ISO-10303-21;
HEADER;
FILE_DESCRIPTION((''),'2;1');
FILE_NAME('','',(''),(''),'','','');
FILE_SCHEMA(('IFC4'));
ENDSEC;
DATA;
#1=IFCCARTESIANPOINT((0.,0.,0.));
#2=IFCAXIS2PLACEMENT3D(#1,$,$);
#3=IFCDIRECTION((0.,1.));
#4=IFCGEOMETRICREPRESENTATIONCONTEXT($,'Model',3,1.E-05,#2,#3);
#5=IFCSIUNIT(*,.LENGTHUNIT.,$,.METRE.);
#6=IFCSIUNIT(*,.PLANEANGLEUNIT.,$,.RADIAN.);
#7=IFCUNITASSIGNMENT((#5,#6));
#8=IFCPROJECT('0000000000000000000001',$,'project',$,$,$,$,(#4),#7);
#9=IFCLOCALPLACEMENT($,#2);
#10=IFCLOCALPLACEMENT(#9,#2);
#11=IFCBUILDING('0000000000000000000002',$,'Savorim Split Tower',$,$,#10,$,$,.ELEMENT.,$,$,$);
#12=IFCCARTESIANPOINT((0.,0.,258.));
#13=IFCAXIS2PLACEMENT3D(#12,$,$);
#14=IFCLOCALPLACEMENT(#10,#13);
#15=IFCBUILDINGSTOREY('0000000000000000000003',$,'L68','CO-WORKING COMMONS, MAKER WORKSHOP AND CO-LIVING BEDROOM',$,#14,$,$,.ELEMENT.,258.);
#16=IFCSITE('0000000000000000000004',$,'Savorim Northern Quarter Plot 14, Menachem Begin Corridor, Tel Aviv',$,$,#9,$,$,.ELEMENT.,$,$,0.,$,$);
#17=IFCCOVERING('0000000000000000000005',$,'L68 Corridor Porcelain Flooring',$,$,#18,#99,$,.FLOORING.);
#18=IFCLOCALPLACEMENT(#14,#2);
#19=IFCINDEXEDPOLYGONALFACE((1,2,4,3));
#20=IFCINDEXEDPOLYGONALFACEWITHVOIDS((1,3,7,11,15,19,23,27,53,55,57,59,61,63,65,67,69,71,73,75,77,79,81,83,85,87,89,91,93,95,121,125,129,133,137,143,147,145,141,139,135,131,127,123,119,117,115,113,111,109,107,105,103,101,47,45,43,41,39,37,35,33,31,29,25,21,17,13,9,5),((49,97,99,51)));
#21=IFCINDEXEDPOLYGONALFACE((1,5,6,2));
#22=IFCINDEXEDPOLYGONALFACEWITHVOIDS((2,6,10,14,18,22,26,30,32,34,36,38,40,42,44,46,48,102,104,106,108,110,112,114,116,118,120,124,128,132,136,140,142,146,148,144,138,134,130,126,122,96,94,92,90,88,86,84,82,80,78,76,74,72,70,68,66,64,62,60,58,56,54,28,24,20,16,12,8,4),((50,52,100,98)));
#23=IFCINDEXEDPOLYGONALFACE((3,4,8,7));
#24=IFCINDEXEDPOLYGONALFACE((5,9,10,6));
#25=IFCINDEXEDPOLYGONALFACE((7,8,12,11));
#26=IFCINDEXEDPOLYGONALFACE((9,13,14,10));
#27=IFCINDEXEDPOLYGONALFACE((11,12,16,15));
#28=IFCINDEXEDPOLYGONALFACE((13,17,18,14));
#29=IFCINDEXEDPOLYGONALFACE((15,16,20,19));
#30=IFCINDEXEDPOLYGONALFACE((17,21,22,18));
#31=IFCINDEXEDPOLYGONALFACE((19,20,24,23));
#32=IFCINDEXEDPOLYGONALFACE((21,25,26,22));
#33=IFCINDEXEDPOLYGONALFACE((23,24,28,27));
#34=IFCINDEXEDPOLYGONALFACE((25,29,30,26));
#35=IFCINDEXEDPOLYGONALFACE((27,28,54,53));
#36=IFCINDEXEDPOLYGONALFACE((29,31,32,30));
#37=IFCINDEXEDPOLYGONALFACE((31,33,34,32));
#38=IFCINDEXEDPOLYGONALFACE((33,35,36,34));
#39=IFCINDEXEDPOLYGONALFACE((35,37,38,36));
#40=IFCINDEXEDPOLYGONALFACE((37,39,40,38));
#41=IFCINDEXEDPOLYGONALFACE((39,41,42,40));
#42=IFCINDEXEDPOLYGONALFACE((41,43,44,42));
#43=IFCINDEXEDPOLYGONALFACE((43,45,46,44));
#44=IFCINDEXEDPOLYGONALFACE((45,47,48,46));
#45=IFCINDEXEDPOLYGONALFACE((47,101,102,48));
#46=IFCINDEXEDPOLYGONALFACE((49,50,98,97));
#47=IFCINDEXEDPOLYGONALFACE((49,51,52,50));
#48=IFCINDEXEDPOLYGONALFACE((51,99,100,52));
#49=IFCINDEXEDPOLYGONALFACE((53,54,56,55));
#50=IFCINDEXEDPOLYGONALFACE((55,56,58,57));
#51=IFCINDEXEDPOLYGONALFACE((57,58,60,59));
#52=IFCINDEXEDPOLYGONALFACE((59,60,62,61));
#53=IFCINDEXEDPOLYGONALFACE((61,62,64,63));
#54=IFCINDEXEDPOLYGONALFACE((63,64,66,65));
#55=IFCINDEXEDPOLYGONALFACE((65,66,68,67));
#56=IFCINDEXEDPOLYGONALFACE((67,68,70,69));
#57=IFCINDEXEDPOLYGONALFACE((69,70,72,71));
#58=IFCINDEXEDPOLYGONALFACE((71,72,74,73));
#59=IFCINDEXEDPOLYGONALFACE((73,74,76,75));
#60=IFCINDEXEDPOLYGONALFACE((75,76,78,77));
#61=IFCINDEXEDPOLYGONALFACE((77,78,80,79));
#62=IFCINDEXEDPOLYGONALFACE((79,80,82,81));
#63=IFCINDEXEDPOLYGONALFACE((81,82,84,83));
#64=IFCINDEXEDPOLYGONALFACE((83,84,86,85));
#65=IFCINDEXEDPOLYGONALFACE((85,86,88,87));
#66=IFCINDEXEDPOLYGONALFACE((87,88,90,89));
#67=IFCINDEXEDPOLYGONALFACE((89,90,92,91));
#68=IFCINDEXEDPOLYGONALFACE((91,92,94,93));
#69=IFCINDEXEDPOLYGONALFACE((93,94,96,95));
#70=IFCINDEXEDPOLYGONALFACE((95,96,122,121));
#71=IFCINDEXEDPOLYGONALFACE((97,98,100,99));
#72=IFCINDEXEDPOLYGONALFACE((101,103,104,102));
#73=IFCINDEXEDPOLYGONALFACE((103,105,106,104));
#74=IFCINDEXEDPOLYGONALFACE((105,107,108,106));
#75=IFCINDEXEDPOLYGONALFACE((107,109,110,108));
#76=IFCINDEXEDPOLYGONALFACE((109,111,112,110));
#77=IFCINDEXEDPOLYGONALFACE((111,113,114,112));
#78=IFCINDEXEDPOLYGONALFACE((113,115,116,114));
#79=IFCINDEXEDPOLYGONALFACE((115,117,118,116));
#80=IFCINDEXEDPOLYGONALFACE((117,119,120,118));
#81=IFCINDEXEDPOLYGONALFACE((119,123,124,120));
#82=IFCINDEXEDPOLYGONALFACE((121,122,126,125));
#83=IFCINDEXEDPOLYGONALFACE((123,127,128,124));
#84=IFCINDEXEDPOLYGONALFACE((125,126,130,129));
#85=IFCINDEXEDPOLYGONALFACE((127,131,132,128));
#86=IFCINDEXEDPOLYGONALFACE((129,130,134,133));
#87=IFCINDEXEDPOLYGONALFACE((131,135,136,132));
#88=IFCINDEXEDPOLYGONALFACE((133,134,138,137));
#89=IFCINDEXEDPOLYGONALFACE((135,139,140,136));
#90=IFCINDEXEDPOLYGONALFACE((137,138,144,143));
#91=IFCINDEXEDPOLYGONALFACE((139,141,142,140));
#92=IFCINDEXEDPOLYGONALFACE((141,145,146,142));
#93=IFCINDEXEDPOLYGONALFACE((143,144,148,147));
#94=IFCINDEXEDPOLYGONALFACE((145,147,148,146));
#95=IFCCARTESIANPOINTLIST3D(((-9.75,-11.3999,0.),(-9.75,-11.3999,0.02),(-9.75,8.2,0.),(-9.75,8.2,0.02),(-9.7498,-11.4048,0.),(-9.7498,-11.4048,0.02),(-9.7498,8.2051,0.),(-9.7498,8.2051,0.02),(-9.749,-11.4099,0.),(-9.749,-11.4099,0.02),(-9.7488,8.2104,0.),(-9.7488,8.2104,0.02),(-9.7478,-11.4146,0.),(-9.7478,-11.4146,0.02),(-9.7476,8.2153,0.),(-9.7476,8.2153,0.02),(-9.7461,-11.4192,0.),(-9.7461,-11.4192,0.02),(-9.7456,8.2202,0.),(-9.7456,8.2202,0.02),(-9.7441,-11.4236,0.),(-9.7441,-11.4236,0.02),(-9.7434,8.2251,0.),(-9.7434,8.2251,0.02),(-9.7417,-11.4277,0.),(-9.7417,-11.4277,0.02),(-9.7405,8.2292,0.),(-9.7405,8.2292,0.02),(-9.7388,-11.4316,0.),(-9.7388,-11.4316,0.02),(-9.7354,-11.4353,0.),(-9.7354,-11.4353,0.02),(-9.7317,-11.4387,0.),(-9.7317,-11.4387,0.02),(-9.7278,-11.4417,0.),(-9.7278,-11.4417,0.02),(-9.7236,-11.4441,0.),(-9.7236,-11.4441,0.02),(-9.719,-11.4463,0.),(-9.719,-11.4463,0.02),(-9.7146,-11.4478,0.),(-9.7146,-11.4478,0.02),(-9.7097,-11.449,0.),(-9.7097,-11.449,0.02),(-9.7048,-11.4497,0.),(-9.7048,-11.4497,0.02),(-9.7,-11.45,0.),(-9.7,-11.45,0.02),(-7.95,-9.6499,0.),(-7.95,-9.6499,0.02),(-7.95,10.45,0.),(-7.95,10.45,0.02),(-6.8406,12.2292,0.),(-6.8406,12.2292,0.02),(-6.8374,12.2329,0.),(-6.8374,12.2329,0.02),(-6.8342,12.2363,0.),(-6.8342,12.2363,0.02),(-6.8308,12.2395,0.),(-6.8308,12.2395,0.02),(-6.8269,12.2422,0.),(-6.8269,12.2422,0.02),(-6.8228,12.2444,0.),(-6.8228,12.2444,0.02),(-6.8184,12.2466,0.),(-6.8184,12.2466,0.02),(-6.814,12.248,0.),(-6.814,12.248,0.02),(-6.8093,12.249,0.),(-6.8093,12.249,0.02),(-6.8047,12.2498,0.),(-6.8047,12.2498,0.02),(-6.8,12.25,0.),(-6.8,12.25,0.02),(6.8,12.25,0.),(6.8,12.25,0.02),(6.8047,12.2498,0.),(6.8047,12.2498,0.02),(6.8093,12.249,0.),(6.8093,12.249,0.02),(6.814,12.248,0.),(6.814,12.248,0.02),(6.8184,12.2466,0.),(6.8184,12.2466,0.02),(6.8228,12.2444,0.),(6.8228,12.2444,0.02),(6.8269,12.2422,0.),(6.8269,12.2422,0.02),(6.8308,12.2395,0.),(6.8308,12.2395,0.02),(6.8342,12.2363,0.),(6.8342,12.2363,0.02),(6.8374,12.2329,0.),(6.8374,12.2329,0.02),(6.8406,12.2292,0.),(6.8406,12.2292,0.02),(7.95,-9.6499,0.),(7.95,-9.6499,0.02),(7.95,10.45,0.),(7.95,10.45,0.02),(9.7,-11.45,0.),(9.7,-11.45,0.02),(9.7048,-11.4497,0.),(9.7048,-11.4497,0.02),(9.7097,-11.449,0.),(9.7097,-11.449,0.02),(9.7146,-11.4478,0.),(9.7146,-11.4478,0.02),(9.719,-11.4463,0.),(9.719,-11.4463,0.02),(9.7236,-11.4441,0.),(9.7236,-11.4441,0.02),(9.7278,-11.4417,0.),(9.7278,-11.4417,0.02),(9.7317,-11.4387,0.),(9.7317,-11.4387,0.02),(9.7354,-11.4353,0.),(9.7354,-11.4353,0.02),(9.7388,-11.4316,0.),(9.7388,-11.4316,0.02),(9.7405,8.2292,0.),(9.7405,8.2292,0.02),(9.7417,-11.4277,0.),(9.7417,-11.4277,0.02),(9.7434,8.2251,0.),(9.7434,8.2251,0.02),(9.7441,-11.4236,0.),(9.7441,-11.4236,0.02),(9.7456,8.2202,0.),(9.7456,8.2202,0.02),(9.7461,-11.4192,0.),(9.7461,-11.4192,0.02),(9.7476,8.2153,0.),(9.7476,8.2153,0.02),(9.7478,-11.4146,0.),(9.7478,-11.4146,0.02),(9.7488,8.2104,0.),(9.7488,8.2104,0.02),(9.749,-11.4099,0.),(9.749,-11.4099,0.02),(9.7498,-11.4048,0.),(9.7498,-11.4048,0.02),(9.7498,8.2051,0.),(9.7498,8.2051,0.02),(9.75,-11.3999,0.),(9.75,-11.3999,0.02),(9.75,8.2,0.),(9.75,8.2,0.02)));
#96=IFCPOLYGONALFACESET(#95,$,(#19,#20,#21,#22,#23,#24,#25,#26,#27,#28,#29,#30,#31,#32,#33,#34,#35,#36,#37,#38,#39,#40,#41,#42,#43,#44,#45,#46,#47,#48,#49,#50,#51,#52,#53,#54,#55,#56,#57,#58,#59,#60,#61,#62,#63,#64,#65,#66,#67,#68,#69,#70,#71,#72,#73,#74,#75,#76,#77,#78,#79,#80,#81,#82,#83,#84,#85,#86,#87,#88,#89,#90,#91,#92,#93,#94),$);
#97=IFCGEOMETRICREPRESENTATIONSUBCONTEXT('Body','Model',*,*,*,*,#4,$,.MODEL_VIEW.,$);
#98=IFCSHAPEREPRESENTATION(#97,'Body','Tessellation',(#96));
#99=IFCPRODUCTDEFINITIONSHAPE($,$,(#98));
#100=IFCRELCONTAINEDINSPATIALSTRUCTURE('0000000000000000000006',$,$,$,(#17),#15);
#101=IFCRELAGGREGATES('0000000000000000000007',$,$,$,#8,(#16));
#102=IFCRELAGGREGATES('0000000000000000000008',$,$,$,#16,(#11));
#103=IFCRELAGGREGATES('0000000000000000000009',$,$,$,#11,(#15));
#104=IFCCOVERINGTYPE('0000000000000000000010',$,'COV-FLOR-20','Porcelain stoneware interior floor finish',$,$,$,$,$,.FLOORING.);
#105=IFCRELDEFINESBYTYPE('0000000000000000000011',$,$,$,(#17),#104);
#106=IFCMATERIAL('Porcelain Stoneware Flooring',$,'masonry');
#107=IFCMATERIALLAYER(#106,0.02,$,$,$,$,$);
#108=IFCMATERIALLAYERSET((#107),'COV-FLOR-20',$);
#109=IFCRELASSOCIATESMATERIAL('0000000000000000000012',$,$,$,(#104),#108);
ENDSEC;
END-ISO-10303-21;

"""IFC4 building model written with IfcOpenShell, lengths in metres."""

from ifc_helpers import new_model, si_unit, direction, frame, origin, place, context, subcontext, project, spatial, polyline, outline, extrude, material, layer, layer_set, type_object, element, save


model = new_model("IFC4")

# Units and contexts
model_context = context("Model", 3, precision=1e-05, world=origin(), true_north=direction((0.0, 1.0)))
body_context = subcontext(model_context, "Body", "Model", "MODEL_VIEW")
ifc_project = project(units=[si_unit("LENGTHUNIT", "METRE"), si_unit("PLANEANGLEUNIT", "RADIAN")], contexts=[model_context])

# Site, building, storey
site_placement = place(None, origin())
site = spatial("IfcSite", under=ifc_project, at=site_placement, Name="Savorim Northern Quarter Plot 14, Menachem Begin Corridor, Tel Aviv", CompositionType="ELEMENT", RefElevation=0.0)
building_placement = place(site_placement, origin())
building = spatial("IfcBuilding", under=site, at=building_placement, Name="Savorim Split Tower", CompositionType="ELEMENT")
storey_placement = place(building_placement, frame((0.0, 0.0, 258.0)))
storey = spatial("IfcBuildingStorey", under=building, at=storey_placement, Name="L68", Description="CO-WORKING COMMONS, MAKER WORKSHOP AND CO-LIVING BEDROOM", CompositionType="ELEMENT", Elevation=258.0)

# Covering
ifc_material_1 = material(Name="Porcelain Stoneware Flooring", Category="masonry")
ifc_layer_1 = layer(ifc_material_1, 0.02)
ifc_layer_set_1 = layer_set([ifc_layer_1], Name="COV-FLOR-20")
covering_type_1 = type_object("IfcCoveringType", Name="COV-FLOR-20", Description="Porcelain stoneware interior floor finish", PredefinedType="FLOORING", material=ifc_layer_set_1)
covering_1_placement = place(storey_placement, origin())
element("IfcCovering", 1, at=covering_1_placement, inside=storey, type_object=covering_type_1, Name="L68 Corridor Porcelain Flooring", PredefinedType="FLOORING", context=body_context, shape_type="SweptSolid", body=[
    extrude(outline(polyline([(6.8093, 12.249), (6.8047, 12.2498), (6.8, 12.25), (-6.8, 12.25), (-6.8047, 12.2498), (-6.8093, 12.249), (-6.814, 12.248), (-6.8184, 12.2466), (-6.8228, 12.2444), (-6.8269, 12.2422), (-6.8308, 12.2395), (-6.8342, 12.2363), (-6.8374, 12.2329), (-6.8406, 12.2292), (-9.7405, 8.2292), (-9.7434, 8.2251), (-9.7456, 8.2202), (-9.7476, 8.2153), (-9.7488, 8.2104), (-9.7498, 8.2051), (-9.75, 8.2), (-9.75, -11.3999), (-9.7498, -11.4048), (-9.749, -11.4099), (-9.7478, -11.4146), (-9.7461, -11.4192), (-9.7441, -11.4236), (-9.7417, -11.4277), (-9.7388, -11.4316), (-9.7354, -11.4353), (-9.7317, -11.4387), (-9.7278, -11.4417), (-9.7236, -11.4441), (-9.719, -11.4463), (-9.7146, -11.4478), (-9.7097, -11.449), (-9.7048, -11.4497), (-9.7, -11.45), (9.7, -11.45), (9.7048, -11.4497), (9.7097, -11.449), (9.7146, -11.4478), (9.719, -11.4463), (9.7236, -11.4441), (9.7278, -11.4417), (9.7317, -11.4387), (9.7354, -11.4353), (9.7388, -11.4316), (9.7417, -11.4277), (9.7441, -11.4236), (9.7461, -11.4192), (9.7478, -11.4146), (9.749, -11.4099), (9.7498, -11.4048), (9.75, -11.3999), (9.75, 8.2), (9.7498, 8.2051), (9.7488, 8.2104), (9.7476, 8.2153), (9.7456, 8.2202), (9.7434, 8.2251), (9.7405, 8.2292), (6.8406, 12.2292), (6.8374, 12.2329), (6.8342, 12.2363), (6.8308, 12.2395), (6.8269, 12.2422), (6.8228, 12.2444), (6.8184, 12.2466), (6.814, 12.248), (6.8093, 12.249)]), holes=[polyline([(-7.95, 10.45), (-7.95, -9.6499), (7.95, -9.6499), (7.95, 10.45), (-7.95, 10.45)])]), origin(), (0.0, 0.0, 1.0), 0.02),
])

save(model, "model.ifc")
